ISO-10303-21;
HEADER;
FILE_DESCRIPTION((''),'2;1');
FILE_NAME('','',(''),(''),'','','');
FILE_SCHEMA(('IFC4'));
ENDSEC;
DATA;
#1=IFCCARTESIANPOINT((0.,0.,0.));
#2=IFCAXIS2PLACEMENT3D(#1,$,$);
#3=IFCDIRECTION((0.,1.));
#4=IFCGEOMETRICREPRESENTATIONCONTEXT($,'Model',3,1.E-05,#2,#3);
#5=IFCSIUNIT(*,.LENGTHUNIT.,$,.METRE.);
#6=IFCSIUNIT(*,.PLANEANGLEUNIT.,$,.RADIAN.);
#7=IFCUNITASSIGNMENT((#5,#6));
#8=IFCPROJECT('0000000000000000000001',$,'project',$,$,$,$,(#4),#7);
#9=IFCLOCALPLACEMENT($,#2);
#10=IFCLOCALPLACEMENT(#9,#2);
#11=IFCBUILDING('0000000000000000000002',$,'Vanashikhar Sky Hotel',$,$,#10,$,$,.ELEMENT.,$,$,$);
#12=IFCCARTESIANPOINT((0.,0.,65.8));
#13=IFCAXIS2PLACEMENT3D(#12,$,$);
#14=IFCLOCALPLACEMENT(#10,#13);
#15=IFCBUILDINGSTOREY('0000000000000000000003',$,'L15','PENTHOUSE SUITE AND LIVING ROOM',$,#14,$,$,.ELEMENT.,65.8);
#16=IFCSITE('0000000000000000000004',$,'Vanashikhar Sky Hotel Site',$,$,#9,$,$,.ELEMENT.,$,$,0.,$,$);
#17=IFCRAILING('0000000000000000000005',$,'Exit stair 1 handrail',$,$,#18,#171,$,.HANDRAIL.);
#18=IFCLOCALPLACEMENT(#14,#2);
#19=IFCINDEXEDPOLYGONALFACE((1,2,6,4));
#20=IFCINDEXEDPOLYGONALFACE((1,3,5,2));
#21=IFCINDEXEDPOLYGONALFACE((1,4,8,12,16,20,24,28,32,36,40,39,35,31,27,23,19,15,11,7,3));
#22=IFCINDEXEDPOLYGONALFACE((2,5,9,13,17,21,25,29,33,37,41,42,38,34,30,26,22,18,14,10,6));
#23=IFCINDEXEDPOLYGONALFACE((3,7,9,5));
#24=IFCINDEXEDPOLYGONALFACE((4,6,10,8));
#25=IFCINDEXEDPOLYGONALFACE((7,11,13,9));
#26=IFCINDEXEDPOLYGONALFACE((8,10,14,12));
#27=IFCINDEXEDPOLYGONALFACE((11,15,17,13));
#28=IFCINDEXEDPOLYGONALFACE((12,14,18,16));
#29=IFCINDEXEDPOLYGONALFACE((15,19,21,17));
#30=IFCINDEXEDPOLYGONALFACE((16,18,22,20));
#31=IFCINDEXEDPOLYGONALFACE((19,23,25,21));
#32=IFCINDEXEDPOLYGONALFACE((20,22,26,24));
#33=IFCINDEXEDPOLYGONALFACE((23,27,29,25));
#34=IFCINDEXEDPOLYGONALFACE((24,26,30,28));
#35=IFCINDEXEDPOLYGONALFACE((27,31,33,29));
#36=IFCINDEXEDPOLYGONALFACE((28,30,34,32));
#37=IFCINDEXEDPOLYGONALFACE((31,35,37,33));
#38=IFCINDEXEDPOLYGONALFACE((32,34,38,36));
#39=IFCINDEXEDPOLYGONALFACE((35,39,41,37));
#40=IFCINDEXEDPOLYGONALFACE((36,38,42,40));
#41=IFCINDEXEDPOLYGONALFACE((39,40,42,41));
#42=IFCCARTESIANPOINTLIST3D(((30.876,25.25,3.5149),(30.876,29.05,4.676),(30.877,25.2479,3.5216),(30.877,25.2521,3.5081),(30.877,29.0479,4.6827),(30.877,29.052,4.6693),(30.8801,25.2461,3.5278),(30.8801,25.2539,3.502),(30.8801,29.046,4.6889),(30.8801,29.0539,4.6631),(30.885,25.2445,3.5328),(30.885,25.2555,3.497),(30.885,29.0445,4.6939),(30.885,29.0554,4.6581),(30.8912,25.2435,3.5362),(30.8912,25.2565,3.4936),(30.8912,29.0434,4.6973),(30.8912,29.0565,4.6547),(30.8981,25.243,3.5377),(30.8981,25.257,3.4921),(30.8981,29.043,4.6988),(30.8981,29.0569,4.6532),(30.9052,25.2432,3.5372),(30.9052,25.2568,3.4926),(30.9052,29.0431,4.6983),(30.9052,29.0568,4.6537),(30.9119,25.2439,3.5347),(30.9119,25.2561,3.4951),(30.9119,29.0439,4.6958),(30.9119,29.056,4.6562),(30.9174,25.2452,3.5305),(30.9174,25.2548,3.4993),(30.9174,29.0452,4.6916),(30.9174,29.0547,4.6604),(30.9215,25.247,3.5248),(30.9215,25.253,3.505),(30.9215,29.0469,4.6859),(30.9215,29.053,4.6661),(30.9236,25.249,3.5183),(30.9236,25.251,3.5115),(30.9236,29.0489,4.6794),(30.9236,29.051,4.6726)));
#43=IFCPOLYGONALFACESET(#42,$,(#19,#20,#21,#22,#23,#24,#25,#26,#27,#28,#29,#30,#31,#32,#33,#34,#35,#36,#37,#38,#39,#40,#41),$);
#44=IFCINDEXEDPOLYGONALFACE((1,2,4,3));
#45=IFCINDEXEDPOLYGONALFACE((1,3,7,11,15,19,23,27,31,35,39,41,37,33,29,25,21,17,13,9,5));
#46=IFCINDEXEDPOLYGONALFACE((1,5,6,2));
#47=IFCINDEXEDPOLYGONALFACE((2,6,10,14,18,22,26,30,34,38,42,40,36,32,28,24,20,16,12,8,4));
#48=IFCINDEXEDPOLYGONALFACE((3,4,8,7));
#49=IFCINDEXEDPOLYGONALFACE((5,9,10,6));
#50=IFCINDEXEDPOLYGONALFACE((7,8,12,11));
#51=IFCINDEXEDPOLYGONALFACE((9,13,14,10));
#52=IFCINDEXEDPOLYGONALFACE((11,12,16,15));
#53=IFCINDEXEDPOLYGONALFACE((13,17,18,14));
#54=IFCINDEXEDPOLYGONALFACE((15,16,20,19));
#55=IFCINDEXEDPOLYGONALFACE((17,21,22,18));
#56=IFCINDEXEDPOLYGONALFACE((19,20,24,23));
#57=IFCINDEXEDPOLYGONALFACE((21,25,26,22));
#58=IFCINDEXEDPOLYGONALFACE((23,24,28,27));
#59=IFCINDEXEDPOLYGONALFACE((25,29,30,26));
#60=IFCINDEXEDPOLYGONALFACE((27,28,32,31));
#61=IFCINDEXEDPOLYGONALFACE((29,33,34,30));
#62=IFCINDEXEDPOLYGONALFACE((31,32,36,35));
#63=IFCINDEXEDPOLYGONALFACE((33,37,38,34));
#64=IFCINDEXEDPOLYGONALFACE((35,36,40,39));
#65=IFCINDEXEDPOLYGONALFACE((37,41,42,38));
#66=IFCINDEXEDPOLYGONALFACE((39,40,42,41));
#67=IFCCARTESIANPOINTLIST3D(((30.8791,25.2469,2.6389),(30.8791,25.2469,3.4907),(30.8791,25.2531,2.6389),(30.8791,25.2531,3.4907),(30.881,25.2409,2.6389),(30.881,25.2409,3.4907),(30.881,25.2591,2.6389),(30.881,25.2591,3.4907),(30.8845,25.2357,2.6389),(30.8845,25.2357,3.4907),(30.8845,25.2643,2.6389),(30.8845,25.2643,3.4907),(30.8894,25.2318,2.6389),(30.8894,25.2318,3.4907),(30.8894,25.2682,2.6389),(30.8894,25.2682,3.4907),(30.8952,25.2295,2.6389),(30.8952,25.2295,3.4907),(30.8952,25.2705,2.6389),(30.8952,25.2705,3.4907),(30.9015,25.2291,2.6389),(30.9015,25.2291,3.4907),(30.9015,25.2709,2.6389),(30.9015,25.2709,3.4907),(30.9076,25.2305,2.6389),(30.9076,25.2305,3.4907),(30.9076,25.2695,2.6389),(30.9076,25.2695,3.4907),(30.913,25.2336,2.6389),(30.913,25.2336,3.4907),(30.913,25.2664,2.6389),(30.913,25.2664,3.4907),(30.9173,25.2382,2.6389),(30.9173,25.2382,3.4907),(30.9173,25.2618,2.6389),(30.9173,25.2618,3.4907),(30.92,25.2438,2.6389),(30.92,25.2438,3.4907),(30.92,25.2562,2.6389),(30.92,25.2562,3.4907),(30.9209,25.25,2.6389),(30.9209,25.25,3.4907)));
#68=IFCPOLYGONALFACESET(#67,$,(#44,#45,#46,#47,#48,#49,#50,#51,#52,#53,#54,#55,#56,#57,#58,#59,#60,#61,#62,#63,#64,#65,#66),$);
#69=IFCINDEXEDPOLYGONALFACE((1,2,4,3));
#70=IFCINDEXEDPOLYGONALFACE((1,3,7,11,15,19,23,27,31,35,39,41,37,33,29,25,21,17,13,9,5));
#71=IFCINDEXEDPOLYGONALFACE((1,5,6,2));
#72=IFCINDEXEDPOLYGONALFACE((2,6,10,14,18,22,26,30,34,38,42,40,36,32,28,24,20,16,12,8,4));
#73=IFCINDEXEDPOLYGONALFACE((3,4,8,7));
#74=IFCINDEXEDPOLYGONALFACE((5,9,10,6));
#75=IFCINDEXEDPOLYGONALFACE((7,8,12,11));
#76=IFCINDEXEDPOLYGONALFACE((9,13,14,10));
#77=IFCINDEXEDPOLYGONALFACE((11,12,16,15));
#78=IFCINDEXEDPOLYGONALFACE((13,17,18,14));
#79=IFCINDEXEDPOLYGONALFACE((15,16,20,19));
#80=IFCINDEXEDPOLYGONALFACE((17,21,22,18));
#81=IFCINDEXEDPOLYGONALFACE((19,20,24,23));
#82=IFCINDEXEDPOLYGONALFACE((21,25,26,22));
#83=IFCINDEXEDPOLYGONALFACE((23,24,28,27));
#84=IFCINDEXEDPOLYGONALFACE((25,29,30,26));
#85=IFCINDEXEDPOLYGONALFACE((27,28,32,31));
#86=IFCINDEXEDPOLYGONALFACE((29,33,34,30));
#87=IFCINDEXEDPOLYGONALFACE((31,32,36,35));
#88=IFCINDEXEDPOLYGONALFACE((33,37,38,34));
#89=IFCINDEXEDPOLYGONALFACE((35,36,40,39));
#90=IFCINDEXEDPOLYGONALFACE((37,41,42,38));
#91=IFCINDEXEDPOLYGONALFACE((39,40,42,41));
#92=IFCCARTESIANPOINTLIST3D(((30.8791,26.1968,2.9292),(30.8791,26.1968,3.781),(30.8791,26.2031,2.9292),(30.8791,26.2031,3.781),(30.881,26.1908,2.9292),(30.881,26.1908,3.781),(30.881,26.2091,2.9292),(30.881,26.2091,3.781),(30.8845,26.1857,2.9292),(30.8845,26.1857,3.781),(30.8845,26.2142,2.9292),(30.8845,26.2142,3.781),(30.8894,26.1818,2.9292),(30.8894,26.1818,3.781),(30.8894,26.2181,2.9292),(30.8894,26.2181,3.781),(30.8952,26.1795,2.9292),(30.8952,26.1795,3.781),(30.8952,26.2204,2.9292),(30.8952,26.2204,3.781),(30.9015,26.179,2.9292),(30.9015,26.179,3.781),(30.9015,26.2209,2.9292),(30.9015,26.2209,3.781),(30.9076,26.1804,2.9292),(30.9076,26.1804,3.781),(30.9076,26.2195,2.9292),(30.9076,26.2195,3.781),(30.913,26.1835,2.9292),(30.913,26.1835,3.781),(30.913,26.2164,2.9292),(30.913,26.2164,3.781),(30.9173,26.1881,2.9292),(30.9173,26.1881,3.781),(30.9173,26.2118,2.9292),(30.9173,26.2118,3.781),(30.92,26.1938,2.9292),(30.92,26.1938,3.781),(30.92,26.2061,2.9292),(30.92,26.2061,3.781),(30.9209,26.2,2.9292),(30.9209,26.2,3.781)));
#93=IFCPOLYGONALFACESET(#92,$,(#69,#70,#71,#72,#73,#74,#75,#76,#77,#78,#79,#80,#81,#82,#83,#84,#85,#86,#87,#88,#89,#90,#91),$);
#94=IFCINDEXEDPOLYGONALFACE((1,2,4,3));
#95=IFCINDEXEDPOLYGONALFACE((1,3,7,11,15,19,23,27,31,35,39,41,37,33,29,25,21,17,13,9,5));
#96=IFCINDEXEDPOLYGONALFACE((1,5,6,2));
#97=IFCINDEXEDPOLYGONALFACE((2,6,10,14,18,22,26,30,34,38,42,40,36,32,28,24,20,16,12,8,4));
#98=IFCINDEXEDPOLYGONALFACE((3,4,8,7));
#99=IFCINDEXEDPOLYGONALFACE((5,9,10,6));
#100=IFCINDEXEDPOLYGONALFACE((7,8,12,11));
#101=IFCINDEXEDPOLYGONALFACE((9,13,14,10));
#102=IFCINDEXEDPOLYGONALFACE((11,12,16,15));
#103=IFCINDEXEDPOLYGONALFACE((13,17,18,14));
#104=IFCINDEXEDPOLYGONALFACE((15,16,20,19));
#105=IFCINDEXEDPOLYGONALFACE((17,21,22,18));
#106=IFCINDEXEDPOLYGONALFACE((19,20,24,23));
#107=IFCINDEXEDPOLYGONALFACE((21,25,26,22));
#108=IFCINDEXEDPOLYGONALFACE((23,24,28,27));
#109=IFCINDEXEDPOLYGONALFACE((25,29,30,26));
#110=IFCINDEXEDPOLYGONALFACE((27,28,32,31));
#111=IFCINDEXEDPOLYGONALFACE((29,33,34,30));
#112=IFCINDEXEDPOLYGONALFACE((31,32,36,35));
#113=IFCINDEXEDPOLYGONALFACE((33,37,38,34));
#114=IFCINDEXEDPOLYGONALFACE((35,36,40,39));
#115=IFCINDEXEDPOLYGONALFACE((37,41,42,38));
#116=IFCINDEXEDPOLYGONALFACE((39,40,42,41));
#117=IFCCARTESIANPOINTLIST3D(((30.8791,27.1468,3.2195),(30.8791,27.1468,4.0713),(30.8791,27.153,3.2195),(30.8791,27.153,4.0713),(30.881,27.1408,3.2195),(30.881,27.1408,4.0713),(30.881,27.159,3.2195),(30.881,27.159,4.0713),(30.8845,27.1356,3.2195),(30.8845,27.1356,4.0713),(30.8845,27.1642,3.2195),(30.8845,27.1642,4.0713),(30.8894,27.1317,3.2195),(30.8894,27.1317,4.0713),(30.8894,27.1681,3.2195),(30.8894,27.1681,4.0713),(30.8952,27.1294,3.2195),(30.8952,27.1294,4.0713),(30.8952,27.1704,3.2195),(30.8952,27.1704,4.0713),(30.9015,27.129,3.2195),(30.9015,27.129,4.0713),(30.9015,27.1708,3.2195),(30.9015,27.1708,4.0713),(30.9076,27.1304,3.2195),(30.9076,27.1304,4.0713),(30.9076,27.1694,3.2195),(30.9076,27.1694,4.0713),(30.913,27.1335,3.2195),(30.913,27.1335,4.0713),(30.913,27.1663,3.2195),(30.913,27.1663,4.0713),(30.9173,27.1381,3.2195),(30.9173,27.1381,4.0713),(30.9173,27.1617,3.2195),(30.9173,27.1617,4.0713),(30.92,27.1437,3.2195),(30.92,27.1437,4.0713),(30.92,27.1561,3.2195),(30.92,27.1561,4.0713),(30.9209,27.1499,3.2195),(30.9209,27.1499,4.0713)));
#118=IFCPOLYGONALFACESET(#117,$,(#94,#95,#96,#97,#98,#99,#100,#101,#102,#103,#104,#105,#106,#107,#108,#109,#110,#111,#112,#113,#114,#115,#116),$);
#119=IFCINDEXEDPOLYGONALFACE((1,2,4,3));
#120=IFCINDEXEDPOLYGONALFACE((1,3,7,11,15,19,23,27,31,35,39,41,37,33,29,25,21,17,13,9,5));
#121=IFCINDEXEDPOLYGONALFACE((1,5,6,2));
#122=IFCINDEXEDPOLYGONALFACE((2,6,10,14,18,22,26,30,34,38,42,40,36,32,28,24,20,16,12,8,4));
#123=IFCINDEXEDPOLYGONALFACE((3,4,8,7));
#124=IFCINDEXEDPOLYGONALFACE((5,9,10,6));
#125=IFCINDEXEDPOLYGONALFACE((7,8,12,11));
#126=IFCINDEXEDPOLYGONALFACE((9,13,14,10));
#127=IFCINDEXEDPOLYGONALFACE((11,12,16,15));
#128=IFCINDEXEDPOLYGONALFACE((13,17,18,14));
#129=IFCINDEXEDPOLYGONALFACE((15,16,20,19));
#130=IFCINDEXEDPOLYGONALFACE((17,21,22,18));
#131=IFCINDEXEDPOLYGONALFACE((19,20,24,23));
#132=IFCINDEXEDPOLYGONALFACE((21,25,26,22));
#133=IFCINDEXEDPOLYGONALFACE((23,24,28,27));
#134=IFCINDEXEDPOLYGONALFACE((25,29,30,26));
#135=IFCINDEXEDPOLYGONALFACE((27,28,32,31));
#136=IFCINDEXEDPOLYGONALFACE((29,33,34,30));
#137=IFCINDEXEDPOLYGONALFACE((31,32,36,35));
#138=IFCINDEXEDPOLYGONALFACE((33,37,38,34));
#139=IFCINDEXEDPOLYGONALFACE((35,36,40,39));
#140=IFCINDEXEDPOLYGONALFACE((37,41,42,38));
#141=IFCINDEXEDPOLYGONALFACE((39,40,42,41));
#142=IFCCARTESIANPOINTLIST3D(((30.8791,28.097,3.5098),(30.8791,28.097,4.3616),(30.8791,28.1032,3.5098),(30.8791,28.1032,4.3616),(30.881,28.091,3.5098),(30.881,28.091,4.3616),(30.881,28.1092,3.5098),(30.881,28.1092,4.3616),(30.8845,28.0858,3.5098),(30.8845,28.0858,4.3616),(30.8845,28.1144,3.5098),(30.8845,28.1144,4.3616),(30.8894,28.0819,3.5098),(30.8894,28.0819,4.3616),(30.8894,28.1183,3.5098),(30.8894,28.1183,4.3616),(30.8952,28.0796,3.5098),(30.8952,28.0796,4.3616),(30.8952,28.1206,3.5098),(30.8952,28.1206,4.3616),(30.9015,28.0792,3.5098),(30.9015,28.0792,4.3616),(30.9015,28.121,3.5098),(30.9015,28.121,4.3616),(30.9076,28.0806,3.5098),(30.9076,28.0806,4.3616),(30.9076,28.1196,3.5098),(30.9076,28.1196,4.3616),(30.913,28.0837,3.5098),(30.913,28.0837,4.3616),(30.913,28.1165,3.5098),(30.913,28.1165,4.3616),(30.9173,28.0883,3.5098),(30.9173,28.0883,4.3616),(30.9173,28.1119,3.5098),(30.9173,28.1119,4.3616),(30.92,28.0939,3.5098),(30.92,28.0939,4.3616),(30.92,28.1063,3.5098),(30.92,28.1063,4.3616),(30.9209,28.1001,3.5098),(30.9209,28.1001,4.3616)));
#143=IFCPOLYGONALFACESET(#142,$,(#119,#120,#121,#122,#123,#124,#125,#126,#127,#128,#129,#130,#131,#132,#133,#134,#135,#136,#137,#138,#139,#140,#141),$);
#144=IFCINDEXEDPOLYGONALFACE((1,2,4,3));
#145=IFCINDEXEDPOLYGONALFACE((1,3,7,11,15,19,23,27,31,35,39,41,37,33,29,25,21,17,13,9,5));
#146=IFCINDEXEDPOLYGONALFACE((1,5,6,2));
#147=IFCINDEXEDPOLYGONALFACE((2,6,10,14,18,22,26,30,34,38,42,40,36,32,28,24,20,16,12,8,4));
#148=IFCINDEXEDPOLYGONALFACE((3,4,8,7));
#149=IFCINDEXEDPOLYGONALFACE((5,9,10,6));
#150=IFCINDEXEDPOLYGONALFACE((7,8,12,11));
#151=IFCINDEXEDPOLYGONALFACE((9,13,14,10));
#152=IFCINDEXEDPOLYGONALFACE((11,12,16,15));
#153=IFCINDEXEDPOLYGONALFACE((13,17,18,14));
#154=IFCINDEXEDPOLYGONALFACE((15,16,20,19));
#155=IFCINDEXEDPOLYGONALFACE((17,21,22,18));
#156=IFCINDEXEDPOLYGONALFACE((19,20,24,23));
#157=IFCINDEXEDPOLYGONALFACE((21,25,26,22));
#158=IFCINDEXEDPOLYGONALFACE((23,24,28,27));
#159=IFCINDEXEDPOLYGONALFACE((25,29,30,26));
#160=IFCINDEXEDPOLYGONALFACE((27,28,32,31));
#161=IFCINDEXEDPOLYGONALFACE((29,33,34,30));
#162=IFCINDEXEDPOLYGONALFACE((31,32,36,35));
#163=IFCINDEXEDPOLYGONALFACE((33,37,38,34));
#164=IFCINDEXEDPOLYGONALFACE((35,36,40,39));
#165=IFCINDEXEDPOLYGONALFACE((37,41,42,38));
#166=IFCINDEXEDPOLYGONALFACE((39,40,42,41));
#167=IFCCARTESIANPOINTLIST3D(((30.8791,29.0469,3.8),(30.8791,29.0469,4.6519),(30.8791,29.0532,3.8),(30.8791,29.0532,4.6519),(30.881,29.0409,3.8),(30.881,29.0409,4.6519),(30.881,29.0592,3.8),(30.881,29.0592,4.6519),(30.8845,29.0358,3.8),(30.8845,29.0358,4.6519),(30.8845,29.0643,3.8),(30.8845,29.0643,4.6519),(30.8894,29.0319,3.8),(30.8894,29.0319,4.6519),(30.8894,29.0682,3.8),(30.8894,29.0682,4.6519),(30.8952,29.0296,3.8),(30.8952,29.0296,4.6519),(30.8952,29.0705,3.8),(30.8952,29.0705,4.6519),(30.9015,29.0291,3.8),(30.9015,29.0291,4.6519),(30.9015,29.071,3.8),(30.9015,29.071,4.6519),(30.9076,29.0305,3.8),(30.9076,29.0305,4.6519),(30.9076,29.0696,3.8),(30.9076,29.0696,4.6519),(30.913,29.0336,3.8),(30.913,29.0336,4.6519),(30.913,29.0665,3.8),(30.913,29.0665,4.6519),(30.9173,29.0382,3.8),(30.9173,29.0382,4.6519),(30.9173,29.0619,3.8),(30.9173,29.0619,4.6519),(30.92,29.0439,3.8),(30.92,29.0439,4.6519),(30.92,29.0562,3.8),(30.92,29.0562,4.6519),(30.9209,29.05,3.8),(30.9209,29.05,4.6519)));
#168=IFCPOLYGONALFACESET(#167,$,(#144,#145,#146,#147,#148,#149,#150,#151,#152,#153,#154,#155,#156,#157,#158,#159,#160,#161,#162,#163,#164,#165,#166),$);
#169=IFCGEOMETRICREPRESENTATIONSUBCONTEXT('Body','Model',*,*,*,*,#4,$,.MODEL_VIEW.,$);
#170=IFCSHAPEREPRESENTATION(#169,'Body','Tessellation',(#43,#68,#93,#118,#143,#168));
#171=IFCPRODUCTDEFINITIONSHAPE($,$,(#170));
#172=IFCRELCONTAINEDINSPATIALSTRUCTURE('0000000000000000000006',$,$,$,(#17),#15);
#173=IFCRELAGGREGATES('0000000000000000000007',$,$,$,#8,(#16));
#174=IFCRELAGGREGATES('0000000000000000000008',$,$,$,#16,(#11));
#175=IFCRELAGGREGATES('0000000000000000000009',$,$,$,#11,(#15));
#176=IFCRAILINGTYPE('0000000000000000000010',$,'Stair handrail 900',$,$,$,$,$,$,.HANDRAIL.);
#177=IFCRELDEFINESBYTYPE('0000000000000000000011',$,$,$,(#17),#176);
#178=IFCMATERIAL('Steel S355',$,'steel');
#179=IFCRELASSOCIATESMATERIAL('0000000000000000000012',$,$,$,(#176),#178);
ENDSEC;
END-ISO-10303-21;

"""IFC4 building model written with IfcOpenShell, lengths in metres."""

from ifc_helpers import new_model, si_unit, direction, frame, origin, origin_2d, place, context, subcontext, project, spatial, circle, extrude, source, transform, mapped, material, type_object, element, save


model = new_model("IFC4")

# Units and contexts
model_context = context("Model", 3, precision=1e-05, world=origin(), true_north=direction((0.0, 1.0)))
body_context = subcontext(model_context, "Body", "Model", "MODEL_VIEW")
ifc_project = project(units=[si_unit("LENGTHUNIT", "METRE"), si_unit("PLANEANGLEUNIT", "RADIAN")], contexts=[model_context])

# Site, building, storey
site_placement = place(None, origin())
site = spatial("IfcSite", under=ifc_project, at=site_placement, Name="Vanashikhar Sky Hotel Site", CompositionType="ELEMENT", RefElevation=0.0)
building_placement = place(site_placement, origin())
building = spatial("IfcBuilding", under=site, at=building_placement, Name="Vanashikhar Sky Hotel", CompositionType="ELEMENT")
storey_placement = place(building_placement, frame((0.0, 0.0, 65.8)))
storey = spatial("IfcBuildingStorey", under=building, at=storey_placement, Name="L15", Description="PENTHOUSE SUITE AND LIVING ROOM", CompositionType="ELEMENT", Elevation=65.8)

# Railing
ifc_material_1 = material(Name="Steel S355", Category="steel")
railing_type = type_object("IfcRailingType", Name="Stair handrail 900", PredefinedType="HANDRAIL", material=ifc_material_1)
shared_shape_1 = source(origin(), body_context, "Body", "SweptSolid", [
    extrude(circle(Radius=0.0239, at=origin_2d()), frame((0.0, 0.0, 0.876), z_axis=(0.0, 0.956351, 0.29222), x_axis=(-1.0, 0.0, 0.0)), (0.0, 0.0, 1.0), 3.9734),
    extrude(circle(Radius=0.021, at=origin_2d()), origin(), (0.0, 0.0, 1.0), 0.8518),
    extrude(circle(Radius=0.021, at=origin_2d()), frame((0.0, 0.95, 0.2903)), (0.0, 0.0, 1.0), 0.8518),
    extrude(circle(Radius=0.021, at=origin_2d()), frame((0.0, 1.8999, 0.5806)), (0.0, 0.0, 1.0), 0.8518),
    extrude(circle(Radius=0.021, at=origin_2d()), frame((0.0, 2.8501, 0.8708)), (0.0, 0.0, 1.0), 0.8518),
    extrude(circle(Radius=0.021, at=origin_2d()), frame((0.0, 3.8, 1.1611)), (0.0, 0.0, 1.0), 0.8518),
])
for number, where, name in (
    (1, (30.8999, 25.25, 2.6389), "Exit stair 1 handrail"),
):
    element("IfcRailing", number, at=place(storey_placement, frame(where)), inside=storey, type_object=railing_type, Name=name, PredefinedType="HANDRAIL", context=body_context, shape_type="MappedRepresentation", body=[
        mapped(shared_shape_1, transform((0.0, 0.0, 0.0), scale=1.0)),
    ])

save(model, "model.ifc")
